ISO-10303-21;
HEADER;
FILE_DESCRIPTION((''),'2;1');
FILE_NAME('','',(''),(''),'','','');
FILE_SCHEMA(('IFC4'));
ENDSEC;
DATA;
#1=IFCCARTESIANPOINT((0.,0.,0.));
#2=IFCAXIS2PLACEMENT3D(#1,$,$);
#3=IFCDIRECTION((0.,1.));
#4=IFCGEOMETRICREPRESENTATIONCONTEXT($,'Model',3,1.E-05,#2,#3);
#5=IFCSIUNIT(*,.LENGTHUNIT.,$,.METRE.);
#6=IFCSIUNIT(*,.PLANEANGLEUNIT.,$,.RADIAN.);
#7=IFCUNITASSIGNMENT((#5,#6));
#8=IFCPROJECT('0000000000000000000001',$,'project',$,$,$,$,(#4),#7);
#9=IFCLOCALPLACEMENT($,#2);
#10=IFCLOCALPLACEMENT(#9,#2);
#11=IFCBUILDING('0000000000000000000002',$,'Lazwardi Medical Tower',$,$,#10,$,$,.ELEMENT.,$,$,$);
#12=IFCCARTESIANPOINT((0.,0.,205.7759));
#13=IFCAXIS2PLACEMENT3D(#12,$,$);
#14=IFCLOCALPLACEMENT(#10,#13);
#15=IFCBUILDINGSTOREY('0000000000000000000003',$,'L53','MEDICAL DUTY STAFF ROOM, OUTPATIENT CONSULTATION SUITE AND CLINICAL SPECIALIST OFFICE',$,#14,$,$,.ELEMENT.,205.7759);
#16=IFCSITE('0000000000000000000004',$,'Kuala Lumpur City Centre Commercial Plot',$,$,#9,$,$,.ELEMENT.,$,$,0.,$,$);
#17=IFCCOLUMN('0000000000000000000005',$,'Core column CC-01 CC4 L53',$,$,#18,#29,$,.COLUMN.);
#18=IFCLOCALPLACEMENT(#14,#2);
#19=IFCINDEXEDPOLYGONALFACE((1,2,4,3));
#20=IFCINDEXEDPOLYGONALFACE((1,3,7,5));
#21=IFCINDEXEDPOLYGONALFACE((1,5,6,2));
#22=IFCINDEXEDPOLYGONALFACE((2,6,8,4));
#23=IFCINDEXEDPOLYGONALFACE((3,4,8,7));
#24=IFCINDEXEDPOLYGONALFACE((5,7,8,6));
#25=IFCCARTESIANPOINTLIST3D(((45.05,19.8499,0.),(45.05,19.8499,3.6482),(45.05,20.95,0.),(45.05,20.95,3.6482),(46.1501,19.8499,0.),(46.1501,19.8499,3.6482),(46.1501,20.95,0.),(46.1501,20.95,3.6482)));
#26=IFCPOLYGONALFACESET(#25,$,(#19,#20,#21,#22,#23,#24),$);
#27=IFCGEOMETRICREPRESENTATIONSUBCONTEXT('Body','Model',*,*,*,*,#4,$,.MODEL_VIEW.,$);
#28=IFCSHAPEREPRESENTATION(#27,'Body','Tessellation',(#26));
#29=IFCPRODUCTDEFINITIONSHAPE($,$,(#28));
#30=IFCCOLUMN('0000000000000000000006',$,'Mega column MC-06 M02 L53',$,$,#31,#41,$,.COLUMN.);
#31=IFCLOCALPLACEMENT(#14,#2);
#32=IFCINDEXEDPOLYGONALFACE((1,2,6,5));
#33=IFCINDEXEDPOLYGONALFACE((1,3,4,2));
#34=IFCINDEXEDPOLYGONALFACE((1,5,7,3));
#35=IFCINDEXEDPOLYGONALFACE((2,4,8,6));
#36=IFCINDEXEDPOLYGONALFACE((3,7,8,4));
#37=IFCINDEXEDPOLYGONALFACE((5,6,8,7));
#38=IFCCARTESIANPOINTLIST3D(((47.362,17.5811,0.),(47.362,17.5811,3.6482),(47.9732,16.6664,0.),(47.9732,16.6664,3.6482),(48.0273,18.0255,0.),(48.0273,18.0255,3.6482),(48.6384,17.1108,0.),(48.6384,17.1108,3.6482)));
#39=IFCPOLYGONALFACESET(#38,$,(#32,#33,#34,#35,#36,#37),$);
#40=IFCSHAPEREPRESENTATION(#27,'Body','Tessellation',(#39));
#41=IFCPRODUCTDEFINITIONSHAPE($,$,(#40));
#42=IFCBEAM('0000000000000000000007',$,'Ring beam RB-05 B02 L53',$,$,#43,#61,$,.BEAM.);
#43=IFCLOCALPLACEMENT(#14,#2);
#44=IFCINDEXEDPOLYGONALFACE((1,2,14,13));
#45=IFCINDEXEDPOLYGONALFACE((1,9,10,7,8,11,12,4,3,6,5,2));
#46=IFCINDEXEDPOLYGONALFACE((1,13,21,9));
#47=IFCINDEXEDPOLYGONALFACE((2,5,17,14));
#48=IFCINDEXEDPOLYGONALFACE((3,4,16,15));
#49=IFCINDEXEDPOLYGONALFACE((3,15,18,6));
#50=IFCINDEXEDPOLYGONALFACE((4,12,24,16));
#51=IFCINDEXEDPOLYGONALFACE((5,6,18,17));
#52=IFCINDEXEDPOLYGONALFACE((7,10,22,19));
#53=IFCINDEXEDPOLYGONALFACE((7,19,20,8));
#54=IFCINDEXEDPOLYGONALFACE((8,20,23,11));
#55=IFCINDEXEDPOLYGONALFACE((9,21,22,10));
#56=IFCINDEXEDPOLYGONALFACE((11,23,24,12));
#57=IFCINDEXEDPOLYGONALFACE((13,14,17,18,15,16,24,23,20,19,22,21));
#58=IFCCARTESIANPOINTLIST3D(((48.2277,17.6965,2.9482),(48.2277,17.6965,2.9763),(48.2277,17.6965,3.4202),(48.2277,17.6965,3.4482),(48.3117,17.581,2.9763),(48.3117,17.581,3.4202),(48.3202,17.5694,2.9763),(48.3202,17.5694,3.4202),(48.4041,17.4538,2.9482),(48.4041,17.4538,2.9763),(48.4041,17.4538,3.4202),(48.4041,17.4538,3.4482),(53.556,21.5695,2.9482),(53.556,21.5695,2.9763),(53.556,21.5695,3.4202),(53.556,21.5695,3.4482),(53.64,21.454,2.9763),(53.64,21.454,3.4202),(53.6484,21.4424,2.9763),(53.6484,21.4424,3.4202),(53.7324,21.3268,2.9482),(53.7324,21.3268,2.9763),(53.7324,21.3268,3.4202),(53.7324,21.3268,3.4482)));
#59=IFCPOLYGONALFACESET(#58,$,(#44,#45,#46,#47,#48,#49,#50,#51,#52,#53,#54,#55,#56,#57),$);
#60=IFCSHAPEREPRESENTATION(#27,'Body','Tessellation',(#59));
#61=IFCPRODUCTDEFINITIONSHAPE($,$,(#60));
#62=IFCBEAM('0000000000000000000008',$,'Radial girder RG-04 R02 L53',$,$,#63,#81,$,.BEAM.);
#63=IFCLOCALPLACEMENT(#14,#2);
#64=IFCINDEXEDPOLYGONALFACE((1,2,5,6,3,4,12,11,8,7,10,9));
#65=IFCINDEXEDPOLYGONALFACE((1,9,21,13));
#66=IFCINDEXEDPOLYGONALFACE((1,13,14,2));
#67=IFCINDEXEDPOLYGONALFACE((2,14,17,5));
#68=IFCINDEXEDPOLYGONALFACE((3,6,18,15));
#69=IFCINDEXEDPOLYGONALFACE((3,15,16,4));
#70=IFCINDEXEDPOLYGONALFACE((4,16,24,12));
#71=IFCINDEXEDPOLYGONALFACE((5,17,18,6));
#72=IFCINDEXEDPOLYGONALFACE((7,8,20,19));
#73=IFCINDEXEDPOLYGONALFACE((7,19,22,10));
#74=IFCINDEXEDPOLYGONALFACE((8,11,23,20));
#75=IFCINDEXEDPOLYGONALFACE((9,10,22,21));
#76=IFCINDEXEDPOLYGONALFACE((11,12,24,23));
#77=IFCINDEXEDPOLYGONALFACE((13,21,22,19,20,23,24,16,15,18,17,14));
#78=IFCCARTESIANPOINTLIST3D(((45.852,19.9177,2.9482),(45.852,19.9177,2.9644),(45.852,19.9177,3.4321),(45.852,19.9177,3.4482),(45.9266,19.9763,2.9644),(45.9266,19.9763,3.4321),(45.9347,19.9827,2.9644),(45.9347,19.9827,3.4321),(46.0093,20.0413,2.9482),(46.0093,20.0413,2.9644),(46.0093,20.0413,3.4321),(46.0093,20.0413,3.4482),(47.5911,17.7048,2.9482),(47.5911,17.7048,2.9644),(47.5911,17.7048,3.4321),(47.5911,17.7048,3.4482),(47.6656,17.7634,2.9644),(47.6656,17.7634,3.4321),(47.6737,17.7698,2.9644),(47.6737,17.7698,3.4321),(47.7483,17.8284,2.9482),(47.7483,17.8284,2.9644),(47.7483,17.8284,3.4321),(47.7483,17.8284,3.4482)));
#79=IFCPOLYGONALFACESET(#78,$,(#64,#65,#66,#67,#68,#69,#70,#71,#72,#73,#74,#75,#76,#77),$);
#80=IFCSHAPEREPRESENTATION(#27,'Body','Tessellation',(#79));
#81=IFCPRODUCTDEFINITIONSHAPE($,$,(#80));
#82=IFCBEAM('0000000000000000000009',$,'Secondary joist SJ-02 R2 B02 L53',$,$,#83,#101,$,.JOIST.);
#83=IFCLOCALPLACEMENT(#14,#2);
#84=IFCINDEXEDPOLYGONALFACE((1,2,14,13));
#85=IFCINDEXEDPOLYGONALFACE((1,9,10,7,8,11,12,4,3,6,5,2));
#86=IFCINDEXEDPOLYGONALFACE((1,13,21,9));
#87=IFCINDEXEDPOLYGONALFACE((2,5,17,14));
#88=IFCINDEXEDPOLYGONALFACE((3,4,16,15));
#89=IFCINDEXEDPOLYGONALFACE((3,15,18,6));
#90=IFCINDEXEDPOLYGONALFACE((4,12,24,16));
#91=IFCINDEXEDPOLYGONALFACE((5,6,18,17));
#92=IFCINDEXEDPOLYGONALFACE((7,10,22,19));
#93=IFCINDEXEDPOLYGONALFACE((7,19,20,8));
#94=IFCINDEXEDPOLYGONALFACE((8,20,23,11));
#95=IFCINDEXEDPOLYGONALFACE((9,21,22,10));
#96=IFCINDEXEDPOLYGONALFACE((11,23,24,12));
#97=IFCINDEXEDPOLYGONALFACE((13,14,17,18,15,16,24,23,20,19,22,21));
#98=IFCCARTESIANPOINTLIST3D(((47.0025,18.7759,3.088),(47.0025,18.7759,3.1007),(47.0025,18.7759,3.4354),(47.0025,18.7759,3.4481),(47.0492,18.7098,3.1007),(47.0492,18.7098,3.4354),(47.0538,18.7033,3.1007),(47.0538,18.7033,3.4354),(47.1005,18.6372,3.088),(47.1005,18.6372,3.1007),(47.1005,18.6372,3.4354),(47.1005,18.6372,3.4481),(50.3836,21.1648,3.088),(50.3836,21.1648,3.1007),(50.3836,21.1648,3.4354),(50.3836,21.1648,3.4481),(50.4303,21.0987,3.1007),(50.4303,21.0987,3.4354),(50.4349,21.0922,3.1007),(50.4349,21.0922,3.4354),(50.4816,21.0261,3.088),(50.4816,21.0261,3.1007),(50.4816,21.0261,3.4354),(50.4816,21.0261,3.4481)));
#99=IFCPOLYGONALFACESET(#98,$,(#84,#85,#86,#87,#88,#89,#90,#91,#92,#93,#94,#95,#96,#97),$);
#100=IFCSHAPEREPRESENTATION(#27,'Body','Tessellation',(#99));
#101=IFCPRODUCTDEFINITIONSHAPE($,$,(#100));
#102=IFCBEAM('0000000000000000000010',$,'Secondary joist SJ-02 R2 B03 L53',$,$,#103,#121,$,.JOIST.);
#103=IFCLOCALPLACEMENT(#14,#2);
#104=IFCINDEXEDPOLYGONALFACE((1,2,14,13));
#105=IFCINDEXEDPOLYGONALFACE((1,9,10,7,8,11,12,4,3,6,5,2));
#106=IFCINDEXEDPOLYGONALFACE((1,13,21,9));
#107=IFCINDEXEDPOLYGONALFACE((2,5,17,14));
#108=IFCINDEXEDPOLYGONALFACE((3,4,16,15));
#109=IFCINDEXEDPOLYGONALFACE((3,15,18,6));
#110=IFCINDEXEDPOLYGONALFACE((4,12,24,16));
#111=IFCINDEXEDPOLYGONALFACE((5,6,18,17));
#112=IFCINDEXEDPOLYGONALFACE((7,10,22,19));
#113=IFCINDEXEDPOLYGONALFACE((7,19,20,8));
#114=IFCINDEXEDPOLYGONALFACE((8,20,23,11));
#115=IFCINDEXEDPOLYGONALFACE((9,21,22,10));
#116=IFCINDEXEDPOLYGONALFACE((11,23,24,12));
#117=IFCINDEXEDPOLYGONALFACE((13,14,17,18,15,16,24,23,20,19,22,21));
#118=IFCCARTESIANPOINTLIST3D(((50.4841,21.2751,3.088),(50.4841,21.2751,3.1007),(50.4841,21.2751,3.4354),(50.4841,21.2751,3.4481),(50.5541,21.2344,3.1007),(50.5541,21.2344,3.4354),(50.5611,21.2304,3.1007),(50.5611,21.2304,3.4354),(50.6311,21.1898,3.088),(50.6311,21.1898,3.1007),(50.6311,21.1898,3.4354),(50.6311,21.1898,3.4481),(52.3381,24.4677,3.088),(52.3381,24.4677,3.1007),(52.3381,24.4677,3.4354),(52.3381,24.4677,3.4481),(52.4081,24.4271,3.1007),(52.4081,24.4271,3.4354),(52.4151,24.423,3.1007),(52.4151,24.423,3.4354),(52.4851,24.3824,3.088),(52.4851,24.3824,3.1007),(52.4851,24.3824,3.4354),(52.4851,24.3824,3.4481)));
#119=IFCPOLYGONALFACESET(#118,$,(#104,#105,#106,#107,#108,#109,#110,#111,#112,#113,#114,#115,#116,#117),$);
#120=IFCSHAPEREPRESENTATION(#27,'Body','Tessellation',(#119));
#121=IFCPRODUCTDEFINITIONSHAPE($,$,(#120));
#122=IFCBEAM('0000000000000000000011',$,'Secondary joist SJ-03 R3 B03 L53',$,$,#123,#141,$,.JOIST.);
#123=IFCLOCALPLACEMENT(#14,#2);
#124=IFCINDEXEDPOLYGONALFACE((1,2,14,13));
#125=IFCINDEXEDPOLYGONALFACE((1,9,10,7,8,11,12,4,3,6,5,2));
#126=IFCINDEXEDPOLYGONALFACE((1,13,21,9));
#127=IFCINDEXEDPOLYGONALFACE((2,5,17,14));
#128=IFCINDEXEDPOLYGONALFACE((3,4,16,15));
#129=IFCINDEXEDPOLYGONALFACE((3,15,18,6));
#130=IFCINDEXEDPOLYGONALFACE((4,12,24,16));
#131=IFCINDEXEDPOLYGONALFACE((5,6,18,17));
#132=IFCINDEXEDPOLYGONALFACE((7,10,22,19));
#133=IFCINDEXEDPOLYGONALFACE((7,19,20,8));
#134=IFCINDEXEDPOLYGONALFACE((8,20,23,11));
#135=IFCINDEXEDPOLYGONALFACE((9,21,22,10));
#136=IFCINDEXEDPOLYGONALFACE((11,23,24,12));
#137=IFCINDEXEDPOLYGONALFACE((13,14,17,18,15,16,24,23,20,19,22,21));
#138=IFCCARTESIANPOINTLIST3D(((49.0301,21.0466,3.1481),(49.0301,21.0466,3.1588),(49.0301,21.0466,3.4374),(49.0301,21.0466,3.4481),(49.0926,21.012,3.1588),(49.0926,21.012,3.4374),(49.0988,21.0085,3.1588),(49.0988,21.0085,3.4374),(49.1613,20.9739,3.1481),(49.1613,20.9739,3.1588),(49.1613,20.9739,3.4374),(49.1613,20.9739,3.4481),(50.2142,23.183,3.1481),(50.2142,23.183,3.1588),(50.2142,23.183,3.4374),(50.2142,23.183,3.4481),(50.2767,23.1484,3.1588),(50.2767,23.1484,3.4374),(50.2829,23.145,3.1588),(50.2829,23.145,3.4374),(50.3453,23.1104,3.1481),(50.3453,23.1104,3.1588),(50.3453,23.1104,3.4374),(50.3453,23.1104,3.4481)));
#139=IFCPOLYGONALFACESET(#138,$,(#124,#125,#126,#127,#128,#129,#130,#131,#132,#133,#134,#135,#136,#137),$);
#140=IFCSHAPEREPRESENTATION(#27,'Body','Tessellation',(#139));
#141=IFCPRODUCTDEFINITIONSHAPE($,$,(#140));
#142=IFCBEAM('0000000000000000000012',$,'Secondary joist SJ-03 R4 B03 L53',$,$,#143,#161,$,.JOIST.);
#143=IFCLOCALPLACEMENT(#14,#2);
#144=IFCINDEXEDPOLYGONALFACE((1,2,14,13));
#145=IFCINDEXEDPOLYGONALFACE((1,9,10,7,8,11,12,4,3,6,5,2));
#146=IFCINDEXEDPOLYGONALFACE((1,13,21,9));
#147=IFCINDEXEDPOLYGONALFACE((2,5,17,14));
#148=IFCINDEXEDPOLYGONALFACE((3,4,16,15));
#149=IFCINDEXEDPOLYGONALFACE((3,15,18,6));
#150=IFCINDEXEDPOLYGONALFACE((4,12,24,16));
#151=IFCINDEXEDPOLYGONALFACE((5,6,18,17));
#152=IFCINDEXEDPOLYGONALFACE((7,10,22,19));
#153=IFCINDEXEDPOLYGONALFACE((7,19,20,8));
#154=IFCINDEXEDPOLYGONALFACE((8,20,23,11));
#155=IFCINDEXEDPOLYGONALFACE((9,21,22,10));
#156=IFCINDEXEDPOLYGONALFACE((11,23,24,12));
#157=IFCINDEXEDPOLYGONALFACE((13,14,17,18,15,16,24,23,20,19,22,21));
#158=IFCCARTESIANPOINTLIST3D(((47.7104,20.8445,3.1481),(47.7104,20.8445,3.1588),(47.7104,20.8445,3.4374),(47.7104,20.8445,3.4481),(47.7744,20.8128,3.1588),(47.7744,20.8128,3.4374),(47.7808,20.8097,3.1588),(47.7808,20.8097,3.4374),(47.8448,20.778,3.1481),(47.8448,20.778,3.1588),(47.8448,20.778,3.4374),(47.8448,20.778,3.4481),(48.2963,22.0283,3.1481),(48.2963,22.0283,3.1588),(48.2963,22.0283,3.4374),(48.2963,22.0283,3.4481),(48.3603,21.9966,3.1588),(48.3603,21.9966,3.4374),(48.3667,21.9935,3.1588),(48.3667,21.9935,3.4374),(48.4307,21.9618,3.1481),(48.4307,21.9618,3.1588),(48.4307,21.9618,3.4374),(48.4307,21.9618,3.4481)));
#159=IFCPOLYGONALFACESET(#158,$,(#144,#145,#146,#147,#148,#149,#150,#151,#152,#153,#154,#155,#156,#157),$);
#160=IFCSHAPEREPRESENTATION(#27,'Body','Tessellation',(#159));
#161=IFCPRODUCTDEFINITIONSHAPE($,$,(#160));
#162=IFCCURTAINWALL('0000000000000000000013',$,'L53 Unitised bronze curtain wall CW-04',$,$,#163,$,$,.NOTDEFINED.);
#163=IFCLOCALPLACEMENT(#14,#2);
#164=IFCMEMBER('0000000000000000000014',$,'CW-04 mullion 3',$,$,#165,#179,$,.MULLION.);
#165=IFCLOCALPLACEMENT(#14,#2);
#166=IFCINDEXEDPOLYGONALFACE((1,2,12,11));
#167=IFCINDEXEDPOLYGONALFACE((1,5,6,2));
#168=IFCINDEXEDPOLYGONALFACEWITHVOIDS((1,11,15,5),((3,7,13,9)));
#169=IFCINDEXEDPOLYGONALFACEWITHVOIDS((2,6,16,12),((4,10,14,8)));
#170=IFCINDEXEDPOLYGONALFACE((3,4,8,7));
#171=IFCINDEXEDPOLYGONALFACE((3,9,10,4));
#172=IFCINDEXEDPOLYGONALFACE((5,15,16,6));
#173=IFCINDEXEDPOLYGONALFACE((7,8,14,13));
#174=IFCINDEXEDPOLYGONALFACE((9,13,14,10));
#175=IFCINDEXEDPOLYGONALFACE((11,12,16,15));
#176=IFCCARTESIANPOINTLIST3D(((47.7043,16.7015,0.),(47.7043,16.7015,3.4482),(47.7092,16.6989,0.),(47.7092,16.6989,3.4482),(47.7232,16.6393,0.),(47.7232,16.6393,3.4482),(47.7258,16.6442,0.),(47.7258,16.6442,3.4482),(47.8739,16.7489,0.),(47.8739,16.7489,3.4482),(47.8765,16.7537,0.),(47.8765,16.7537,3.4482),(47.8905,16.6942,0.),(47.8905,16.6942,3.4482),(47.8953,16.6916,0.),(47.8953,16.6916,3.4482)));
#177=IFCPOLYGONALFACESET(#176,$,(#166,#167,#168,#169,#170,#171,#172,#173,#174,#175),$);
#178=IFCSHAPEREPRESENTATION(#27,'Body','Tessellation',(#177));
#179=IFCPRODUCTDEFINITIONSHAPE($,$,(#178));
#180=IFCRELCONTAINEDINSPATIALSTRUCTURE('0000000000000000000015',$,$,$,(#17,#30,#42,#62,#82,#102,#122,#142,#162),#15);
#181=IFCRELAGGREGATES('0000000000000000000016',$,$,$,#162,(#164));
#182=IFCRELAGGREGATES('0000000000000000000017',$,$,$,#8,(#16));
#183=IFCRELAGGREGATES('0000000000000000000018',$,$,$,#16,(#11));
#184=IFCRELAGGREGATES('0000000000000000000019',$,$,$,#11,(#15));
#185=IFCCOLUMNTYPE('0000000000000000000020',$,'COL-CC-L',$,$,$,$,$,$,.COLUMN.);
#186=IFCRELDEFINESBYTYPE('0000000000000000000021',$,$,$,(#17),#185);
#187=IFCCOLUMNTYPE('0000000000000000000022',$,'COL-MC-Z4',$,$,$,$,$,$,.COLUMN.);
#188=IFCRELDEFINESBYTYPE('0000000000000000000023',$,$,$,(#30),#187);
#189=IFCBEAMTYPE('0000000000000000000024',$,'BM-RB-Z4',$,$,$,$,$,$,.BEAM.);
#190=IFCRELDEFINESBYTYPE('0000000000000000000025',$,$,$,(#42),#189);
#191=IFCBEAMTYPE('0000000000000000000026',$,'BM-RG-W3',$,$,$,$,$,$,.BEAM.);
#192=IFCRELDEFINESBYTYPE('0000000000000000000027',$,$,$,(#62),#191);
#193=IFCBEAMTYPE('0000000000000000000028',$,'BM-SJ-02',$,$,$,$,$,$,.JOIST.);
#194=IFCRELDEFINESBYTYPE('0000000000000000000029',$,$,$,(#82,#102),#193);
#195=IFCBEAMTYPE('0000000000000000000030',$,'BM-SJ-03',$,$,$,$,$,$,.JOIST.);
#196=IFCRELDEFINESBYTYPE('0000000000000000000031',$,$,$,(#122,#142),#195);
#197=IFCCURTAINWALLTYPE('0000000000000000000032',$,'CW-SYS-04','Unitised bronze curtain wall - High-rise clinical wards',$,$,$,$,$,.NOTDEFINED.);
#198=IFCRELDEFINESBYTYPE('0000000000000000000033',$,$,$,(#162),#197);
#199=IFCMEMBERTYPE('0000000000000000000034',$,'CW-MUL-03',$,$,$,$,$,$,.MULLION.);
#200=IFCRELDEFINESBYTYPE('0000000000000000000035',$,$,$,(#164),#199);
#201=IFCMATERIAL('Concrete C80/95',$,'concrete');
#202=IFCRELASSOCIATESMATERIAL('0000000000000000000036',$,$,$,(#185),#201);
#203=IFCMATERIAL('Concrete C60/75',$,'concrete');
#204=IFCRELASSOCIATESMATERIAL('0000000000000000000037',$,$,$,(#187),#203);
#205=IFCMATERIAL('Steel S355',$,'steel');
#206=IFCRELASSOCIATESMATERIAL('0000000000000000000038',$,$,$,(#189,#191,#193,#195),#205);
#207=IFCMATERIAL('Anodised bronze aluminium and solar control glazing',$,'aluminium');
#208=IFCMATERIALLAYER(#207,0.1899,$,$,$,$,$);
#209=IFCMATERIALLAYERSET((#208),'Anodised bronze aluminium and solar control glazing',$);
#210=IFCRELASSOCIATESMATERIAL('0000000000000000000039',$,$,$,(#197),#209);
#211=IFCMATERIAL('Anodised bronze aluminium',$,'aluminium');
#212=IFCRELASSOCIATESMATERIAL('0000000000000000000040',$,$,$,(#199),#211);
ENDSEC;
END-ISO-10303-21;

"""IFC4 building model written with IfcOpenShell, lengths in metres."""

from ifc_helpers import new_model, si_unit, direction, frame, origin, origin_2d, place, context, subcontext, project, spatial, rectangle, hollow_rectangle, i_section, extrude, material, layer, layer_set, material_profile, profile_set, type_object, element, aggregate, save


model = new_model("IFC4")

# Units and contexts
model_context = context("Model", 3, precision=1e-05, world=origin(), true_north=direction((0.0, 1.0)))
body_context = subcontext(model_context, "Body", "Model", "MODEL_VIEW")
ifc_project = project(units=[si_unit("LENGTHUNIT", "METRE"), si_unit("PLANEANGLEUNIT", "RADIAN")], contexts=[model_context])

# Site, building, storey
site_placement = place(None, origin())
site = spatial("IfcSite", under=ifc_project, at=site_placement, Name="Kuala Lumpur City Centre Commercial Plot", CompositionType="ELEMENT", RefElevation=0.0)
building_placement = place(site_placement, origin())
building = spatial("IfcBuilding", under=site, at=building_placement, Name="Lazwardi Medical Tower", CompositionType="ELEMENT")
storey_placement = place(building_placement, frame((0.0, 0.0, 205.7759)))
storey = spatial("IfcBuildingStorey", under=building, at=storey_placement, Name="L53", Description="MEDICAL DUTY STAFF ROOM, OUTPATIENT CONSULTATION SUITE AND CLINICAL SPECIALIST OFFICE", CompositionType="ELEMENT", Elevation=205.7759)

# Columns
ifc_material_1 = material(Name="Concrete C80/95", Category="concrete")
ifc_material_profile_1 = material_profile(ifc_material_1, rectangle(XDim=1.1001, YDim=1.1001, at=origin_2d()), Name="RC 1100x1100")
ifc_profile_set_1 = profile_set([ifc_material_profile_1], Name="Concrete C80/95")
column_type_1 = type_object("IfcColumnType", Name="COL-CC-L", PredefinedType="COLUMN", material=ifc_profile_set_1)
column_1_placement = place(storey_placement, frame((45.6001, 20.3999, 0.0), z_axis=(0.0, 0.0, 1.0), x_axis=(1.0, 0.0, 0.0)))
element("IfcColumn", 1, at=column_1_placement, inside=storey, type_object=column_type_1, Name="Core column CC-01 CC4 L53", PredefinedType="COLUMN", context=body_context, shape_type="SweptSolid", body=[
    extrude(rectangle(XDim=1.1001, YDim=1.1001, at=origin_2d()), origin(), (0.0, 0.0, 1.0), 3.6482),
])
ifc_material_2 = material(Name="Concrete C60/75", Category="concrete")
ifc_material_profile_2 = material_profile(ifc_material_2, rectangle(XDim=1.1001, YDim=0.8, at=origin_2d()), Name="CFT-RECT 1100x800")
ifc_profile_set_2 = profile_set([ifc_material_profile_2], Name="Concrete C60/75")
column_type_2 = type_object("IfcColumnType", Name="COL-MC-Z4", PredefinedType="COLUMN", material=ifc_profile_set_2)
column_2_placement = place(storey_placement, frame((48.0002, 17.3459, 0.0), z_axis=(0.0, 0.0, 1.0), x_axis=(0.55557, -0.83147, 0.0)))
element("IfcColumn", 2, at=column_2_placement, inside=storey, type_object=column_type_2, Name="Mega column MC-06 M02 L53", PredefinedType="COLUMN", context=body_context, shape_type="SweptSolid", body=[
    extrude(rectangle(XDim=1.1001, YDim=0.8, at=origin_2d()), origin(), (0.0, 0.0, 1.0), 3.6482),
])

# Beams
ifc_material_3 = material(Name="Steel S355", Category="steel")
ifc_material_profile_3 = material_profile(ifc_material_3, i_section(OverallWidth=0.3, OverallDepth=0.5, WebThickness=0.0144, FlangeThickness=0.0281, at=origin_2d()), Name="HEB 500")
ifc_profile_set_3 = profile_set([ifc_material_profile_3], Name="Steel S355")
beam_type_1 = type_object("IfcBeamType", Name="BM-RB-Z4", PredefinedType="BEAM", material=ifc_profile_set_3)
beam_1_placement = place(storey_placement, frame((48.3159, 17.5752, 3.1982), z_axis=(0.80889, 0.58796, 0.0), x_axis=(-0.58796, 0.80889, 0.0)))
element("IfcBeam", 3, at=beam_1_placement, inside=storey, type_object=beam_type_1, Name="Ring beam RB-05 B02 L53", PredefinedType="BEAM", context=body_context, shape_type="SweptSolid", body=[
    extrude(i_section(OverallWidth=0.3, OverallDepth=0.5, WebThickness=0.0144, FlangeThickness=0.0281, at=origin_2d()), origin(), (0.0, 0.0, 1.0), 6.5872),
])
ifc_material_profile_4 = material_profile(ifc_material_3, i_section(OverallWidth=0.2, OverallDepth=0.5, WebThickness=0.0103, FlangeThickness=0.0161, at=origin_2d()), Name="IPE 500")
ifc_profile_set_4 = profile_set([ifc_material_profile_4], Name="Steel S355")
beam_type_2 = type_object("IfcBeamType", Name="BM-RG-W3", PredefinedType="BEAM", material=ifc_profile_set_4)
beam_2_placement = place(storey_placement, frame((47.6697, 17.7666, 3.1982), z_axis=(-0.617891, 0.786264, 0.0), x_axis=(-0.786264, -0.617891, 0.0)))
element("IfcBeam", 4, at=beam_2_placement, inside=storey, type_object=beam_type_2, Name="Radial girder RG-04 R02 L53", PredefinedType="BEAM", context=body_context, shape_type="SweptSolid", body=[
    extrude(i_section(OverallWidth=0.2, OverallDepth=0.5, WebThickness=0.0103, FlangeThickness=0.0161, at=origin_2d()), origin(), (0.0, 0.0, 1.0), 2.8145),
])
ifc_material_profile_5 = material_profile(ifc_material_3, i_section(OverallWidth=0.1699, OverallDepth=0.3601, WebThickness=0.0081, FlangeThickness=0.0127, at=origin_2d()), Name="IPE 360")
ifc_profile_set_5 = profile_set([ifc_material_profile_5], Name="Steel S355")
beam_type_3 = type_object("IfcBeamType", Name="BM-SJ-02", PredefinedType="JOIST", material=ifc_profile_set_5)
beam_3_placement = place(storey_placement, frame((47.0515, 18.7065, 3.2681), z_axis=(0.816711, 0.577047, 0.0), x_axis=(-0.577047, 0.816711, 0.0)))
element("IfcBeam", 5, at=beam_3_placement, inside=storey, type_object=beam_type_3, Name="Secondary joist SJ-02 R2 B02 L53", PredefinedType="JOIST", context=body_context, shape_type="SweptSolid", body=[
    extrude(i_section(OverallWidth=0.1699, OverallDepth=0.3601, WebThickness=0.0081, FlangeThickness=0.0127, at=origin_2d()), origin(), (0.0, 0.0, 1.0), 4.1399),
])
beam_4_placement = place(storey_placement, frame((50.5576, 21.2324, 3.2681), z_axis=(0.50218, 0.864763, 0.0), x_axis=(-0.864763, 0.50218, 0.0)))
element("IfcBeam", 6, at=beam_4_placement, inside=storey, type_object=beam_type_3, Name="Secondary joist SJ-02 R2 B03 L53", PredefinedType="JOIST", context=body_context, shape_type="SweptSolid", body=[
    extrude(i_section(OverallWidth=0.1699, OverallDepth=0.3601, WebThickness=0.0081, FlangeThickness=0.0127, at=origin_2d()), origin(), (0.0, 0.0, 1.0), 3.6919),
])
ifc_material_profile_6 = material_profile(ifc_material_3, i_section(OverallWidth=0.1499, OverallDepth=0.3, WebThickness=0.0071, FlangeThickness=0.0107, at=origin_2d()), Name="IPE 300")
ifc_profile_set_6 = profile_set([ifc_material_profile_6], Name="Steel S355")
beam_type_4 = type_object("IfcBeamType", Name="BM-SJ-03", PredefinedType="JOIST", material=ifc_profile_set_6)
beam_5_placement = place(storey_placement, frame((49.0957, 21.0103, 3.2981), z_axis=(0.484752, 0.874652, 0.0), x_axis=(-0.874652, 0.484752, 0.0)))
element("IfcBeam", 7, at=beam_5_placement, inside=storey, type_object=beam_type_4, Name="Secondary joist SJ-03 R3 B03 L53", PredefinedType="JOIST", context=body_context, shape_type="SweptSolid", body=[
    extrude(i_section(OverallWidth=0.1499, OverallDepth=0.3, WebThickness=0.0071, FlangeThickness=0.0107, at=origin_2d()), origin(), (0.0, 0.0, 1.0), 2.4426),
])
beam_6_placement = place(storey_placement, frame((47.7776, 20.8113, 3.2981), z_axis=(0.443587, 0.896231, 0.0), x_axis=(-0.896231, 0.443587, 0.0)))
element("IfcBeam", 8, at=beam_6_placement, inside=storey, type_object=beam_type_4, Name="Secondary joist SJ-03 R4 B03 L53", PredefinedType="JOIST", context=body_context, shape_type="SweptSolid", body=[
    extrude(i_section(OverallWidth=0.1499, OverallDepth=0.3, WebThickness=0.0071, FlangeThickness=0.0107, at=origin_2d()), origin(), (0.0, 0.0, 1.0), 1.3208),
])

# Curtain wall, member
ifc_material_4 = material(Name="Anodised bronze aluminium and solar control glazing", Category="aluminium")
ifc_layer_1 = layer(ifc_material_4, 0.1899)
ifc_layer_set_1 = layer_set([ifc_layer_1], Name="Anodised bronze aluminium and solar control glazing")
curtain_wall_type = type_object("IfcCurtainWallType", Name="CW-SYS-04", Description="Unitised bronze curtain wall - High-rise clinical wards", PredefinedType="NOTDEFINED", material=ifc_layer_set_1)
curtain_wall_1_placement = place(storey_placement, origin())
curtain_wall_1 = element("IfcCurtainWall", 9, at=curtain_wall_1_placement, inside=storey, type_object=curtain_wall_type, Name="L53 Unitised bronze curtain wall CW-04", PredefinedType="NOTDEFINED")
ifc_material_5 = material(Name="Anodised bronze aluminium", Category="aluminium")
ifc_material_profile_7 = material_profile(ifc_material_5, hollow_rectangle(XDim=0.0649, YDim=0.1799, WallThickness=0.0039, at=origin_2d()), Name="ALU-MULLION 180x65x4")
ifc_profile_set_7 = profile_set([ifc_material_profile_7], Name="Anodised bronze aluminium")
member_type_1 = type_object("IfcMemberType", Name="CW-MUL-03", PredefinedType="MULLION", material=ifc_profile_set_7)
member_1_placement = place(storey_placement, frame((47.7998, 16.6965, 0.0), z_axis=(0.0, 0.0, 1.0), x_axis=(-0.290582, 0.95685, 0.0)))
member_1 = element("IfcMember", 10, at=member_1_placement, type_object=member_type_1, Name="CW-04 mullion 3", PredefinedType="MULLION", context=body_context, shape_type="SweptSolid", body=[
    extrude(hollow_rectangle(XDim=0.0649, YDim=0.1799, WallThickness=0.0039, at=origin_2d()), origin(), (0.0, 0.0, 1.0), 3.4482),
])

aggregate(curtain_wall_1, [member_1])

save(model, "model.ifc")
